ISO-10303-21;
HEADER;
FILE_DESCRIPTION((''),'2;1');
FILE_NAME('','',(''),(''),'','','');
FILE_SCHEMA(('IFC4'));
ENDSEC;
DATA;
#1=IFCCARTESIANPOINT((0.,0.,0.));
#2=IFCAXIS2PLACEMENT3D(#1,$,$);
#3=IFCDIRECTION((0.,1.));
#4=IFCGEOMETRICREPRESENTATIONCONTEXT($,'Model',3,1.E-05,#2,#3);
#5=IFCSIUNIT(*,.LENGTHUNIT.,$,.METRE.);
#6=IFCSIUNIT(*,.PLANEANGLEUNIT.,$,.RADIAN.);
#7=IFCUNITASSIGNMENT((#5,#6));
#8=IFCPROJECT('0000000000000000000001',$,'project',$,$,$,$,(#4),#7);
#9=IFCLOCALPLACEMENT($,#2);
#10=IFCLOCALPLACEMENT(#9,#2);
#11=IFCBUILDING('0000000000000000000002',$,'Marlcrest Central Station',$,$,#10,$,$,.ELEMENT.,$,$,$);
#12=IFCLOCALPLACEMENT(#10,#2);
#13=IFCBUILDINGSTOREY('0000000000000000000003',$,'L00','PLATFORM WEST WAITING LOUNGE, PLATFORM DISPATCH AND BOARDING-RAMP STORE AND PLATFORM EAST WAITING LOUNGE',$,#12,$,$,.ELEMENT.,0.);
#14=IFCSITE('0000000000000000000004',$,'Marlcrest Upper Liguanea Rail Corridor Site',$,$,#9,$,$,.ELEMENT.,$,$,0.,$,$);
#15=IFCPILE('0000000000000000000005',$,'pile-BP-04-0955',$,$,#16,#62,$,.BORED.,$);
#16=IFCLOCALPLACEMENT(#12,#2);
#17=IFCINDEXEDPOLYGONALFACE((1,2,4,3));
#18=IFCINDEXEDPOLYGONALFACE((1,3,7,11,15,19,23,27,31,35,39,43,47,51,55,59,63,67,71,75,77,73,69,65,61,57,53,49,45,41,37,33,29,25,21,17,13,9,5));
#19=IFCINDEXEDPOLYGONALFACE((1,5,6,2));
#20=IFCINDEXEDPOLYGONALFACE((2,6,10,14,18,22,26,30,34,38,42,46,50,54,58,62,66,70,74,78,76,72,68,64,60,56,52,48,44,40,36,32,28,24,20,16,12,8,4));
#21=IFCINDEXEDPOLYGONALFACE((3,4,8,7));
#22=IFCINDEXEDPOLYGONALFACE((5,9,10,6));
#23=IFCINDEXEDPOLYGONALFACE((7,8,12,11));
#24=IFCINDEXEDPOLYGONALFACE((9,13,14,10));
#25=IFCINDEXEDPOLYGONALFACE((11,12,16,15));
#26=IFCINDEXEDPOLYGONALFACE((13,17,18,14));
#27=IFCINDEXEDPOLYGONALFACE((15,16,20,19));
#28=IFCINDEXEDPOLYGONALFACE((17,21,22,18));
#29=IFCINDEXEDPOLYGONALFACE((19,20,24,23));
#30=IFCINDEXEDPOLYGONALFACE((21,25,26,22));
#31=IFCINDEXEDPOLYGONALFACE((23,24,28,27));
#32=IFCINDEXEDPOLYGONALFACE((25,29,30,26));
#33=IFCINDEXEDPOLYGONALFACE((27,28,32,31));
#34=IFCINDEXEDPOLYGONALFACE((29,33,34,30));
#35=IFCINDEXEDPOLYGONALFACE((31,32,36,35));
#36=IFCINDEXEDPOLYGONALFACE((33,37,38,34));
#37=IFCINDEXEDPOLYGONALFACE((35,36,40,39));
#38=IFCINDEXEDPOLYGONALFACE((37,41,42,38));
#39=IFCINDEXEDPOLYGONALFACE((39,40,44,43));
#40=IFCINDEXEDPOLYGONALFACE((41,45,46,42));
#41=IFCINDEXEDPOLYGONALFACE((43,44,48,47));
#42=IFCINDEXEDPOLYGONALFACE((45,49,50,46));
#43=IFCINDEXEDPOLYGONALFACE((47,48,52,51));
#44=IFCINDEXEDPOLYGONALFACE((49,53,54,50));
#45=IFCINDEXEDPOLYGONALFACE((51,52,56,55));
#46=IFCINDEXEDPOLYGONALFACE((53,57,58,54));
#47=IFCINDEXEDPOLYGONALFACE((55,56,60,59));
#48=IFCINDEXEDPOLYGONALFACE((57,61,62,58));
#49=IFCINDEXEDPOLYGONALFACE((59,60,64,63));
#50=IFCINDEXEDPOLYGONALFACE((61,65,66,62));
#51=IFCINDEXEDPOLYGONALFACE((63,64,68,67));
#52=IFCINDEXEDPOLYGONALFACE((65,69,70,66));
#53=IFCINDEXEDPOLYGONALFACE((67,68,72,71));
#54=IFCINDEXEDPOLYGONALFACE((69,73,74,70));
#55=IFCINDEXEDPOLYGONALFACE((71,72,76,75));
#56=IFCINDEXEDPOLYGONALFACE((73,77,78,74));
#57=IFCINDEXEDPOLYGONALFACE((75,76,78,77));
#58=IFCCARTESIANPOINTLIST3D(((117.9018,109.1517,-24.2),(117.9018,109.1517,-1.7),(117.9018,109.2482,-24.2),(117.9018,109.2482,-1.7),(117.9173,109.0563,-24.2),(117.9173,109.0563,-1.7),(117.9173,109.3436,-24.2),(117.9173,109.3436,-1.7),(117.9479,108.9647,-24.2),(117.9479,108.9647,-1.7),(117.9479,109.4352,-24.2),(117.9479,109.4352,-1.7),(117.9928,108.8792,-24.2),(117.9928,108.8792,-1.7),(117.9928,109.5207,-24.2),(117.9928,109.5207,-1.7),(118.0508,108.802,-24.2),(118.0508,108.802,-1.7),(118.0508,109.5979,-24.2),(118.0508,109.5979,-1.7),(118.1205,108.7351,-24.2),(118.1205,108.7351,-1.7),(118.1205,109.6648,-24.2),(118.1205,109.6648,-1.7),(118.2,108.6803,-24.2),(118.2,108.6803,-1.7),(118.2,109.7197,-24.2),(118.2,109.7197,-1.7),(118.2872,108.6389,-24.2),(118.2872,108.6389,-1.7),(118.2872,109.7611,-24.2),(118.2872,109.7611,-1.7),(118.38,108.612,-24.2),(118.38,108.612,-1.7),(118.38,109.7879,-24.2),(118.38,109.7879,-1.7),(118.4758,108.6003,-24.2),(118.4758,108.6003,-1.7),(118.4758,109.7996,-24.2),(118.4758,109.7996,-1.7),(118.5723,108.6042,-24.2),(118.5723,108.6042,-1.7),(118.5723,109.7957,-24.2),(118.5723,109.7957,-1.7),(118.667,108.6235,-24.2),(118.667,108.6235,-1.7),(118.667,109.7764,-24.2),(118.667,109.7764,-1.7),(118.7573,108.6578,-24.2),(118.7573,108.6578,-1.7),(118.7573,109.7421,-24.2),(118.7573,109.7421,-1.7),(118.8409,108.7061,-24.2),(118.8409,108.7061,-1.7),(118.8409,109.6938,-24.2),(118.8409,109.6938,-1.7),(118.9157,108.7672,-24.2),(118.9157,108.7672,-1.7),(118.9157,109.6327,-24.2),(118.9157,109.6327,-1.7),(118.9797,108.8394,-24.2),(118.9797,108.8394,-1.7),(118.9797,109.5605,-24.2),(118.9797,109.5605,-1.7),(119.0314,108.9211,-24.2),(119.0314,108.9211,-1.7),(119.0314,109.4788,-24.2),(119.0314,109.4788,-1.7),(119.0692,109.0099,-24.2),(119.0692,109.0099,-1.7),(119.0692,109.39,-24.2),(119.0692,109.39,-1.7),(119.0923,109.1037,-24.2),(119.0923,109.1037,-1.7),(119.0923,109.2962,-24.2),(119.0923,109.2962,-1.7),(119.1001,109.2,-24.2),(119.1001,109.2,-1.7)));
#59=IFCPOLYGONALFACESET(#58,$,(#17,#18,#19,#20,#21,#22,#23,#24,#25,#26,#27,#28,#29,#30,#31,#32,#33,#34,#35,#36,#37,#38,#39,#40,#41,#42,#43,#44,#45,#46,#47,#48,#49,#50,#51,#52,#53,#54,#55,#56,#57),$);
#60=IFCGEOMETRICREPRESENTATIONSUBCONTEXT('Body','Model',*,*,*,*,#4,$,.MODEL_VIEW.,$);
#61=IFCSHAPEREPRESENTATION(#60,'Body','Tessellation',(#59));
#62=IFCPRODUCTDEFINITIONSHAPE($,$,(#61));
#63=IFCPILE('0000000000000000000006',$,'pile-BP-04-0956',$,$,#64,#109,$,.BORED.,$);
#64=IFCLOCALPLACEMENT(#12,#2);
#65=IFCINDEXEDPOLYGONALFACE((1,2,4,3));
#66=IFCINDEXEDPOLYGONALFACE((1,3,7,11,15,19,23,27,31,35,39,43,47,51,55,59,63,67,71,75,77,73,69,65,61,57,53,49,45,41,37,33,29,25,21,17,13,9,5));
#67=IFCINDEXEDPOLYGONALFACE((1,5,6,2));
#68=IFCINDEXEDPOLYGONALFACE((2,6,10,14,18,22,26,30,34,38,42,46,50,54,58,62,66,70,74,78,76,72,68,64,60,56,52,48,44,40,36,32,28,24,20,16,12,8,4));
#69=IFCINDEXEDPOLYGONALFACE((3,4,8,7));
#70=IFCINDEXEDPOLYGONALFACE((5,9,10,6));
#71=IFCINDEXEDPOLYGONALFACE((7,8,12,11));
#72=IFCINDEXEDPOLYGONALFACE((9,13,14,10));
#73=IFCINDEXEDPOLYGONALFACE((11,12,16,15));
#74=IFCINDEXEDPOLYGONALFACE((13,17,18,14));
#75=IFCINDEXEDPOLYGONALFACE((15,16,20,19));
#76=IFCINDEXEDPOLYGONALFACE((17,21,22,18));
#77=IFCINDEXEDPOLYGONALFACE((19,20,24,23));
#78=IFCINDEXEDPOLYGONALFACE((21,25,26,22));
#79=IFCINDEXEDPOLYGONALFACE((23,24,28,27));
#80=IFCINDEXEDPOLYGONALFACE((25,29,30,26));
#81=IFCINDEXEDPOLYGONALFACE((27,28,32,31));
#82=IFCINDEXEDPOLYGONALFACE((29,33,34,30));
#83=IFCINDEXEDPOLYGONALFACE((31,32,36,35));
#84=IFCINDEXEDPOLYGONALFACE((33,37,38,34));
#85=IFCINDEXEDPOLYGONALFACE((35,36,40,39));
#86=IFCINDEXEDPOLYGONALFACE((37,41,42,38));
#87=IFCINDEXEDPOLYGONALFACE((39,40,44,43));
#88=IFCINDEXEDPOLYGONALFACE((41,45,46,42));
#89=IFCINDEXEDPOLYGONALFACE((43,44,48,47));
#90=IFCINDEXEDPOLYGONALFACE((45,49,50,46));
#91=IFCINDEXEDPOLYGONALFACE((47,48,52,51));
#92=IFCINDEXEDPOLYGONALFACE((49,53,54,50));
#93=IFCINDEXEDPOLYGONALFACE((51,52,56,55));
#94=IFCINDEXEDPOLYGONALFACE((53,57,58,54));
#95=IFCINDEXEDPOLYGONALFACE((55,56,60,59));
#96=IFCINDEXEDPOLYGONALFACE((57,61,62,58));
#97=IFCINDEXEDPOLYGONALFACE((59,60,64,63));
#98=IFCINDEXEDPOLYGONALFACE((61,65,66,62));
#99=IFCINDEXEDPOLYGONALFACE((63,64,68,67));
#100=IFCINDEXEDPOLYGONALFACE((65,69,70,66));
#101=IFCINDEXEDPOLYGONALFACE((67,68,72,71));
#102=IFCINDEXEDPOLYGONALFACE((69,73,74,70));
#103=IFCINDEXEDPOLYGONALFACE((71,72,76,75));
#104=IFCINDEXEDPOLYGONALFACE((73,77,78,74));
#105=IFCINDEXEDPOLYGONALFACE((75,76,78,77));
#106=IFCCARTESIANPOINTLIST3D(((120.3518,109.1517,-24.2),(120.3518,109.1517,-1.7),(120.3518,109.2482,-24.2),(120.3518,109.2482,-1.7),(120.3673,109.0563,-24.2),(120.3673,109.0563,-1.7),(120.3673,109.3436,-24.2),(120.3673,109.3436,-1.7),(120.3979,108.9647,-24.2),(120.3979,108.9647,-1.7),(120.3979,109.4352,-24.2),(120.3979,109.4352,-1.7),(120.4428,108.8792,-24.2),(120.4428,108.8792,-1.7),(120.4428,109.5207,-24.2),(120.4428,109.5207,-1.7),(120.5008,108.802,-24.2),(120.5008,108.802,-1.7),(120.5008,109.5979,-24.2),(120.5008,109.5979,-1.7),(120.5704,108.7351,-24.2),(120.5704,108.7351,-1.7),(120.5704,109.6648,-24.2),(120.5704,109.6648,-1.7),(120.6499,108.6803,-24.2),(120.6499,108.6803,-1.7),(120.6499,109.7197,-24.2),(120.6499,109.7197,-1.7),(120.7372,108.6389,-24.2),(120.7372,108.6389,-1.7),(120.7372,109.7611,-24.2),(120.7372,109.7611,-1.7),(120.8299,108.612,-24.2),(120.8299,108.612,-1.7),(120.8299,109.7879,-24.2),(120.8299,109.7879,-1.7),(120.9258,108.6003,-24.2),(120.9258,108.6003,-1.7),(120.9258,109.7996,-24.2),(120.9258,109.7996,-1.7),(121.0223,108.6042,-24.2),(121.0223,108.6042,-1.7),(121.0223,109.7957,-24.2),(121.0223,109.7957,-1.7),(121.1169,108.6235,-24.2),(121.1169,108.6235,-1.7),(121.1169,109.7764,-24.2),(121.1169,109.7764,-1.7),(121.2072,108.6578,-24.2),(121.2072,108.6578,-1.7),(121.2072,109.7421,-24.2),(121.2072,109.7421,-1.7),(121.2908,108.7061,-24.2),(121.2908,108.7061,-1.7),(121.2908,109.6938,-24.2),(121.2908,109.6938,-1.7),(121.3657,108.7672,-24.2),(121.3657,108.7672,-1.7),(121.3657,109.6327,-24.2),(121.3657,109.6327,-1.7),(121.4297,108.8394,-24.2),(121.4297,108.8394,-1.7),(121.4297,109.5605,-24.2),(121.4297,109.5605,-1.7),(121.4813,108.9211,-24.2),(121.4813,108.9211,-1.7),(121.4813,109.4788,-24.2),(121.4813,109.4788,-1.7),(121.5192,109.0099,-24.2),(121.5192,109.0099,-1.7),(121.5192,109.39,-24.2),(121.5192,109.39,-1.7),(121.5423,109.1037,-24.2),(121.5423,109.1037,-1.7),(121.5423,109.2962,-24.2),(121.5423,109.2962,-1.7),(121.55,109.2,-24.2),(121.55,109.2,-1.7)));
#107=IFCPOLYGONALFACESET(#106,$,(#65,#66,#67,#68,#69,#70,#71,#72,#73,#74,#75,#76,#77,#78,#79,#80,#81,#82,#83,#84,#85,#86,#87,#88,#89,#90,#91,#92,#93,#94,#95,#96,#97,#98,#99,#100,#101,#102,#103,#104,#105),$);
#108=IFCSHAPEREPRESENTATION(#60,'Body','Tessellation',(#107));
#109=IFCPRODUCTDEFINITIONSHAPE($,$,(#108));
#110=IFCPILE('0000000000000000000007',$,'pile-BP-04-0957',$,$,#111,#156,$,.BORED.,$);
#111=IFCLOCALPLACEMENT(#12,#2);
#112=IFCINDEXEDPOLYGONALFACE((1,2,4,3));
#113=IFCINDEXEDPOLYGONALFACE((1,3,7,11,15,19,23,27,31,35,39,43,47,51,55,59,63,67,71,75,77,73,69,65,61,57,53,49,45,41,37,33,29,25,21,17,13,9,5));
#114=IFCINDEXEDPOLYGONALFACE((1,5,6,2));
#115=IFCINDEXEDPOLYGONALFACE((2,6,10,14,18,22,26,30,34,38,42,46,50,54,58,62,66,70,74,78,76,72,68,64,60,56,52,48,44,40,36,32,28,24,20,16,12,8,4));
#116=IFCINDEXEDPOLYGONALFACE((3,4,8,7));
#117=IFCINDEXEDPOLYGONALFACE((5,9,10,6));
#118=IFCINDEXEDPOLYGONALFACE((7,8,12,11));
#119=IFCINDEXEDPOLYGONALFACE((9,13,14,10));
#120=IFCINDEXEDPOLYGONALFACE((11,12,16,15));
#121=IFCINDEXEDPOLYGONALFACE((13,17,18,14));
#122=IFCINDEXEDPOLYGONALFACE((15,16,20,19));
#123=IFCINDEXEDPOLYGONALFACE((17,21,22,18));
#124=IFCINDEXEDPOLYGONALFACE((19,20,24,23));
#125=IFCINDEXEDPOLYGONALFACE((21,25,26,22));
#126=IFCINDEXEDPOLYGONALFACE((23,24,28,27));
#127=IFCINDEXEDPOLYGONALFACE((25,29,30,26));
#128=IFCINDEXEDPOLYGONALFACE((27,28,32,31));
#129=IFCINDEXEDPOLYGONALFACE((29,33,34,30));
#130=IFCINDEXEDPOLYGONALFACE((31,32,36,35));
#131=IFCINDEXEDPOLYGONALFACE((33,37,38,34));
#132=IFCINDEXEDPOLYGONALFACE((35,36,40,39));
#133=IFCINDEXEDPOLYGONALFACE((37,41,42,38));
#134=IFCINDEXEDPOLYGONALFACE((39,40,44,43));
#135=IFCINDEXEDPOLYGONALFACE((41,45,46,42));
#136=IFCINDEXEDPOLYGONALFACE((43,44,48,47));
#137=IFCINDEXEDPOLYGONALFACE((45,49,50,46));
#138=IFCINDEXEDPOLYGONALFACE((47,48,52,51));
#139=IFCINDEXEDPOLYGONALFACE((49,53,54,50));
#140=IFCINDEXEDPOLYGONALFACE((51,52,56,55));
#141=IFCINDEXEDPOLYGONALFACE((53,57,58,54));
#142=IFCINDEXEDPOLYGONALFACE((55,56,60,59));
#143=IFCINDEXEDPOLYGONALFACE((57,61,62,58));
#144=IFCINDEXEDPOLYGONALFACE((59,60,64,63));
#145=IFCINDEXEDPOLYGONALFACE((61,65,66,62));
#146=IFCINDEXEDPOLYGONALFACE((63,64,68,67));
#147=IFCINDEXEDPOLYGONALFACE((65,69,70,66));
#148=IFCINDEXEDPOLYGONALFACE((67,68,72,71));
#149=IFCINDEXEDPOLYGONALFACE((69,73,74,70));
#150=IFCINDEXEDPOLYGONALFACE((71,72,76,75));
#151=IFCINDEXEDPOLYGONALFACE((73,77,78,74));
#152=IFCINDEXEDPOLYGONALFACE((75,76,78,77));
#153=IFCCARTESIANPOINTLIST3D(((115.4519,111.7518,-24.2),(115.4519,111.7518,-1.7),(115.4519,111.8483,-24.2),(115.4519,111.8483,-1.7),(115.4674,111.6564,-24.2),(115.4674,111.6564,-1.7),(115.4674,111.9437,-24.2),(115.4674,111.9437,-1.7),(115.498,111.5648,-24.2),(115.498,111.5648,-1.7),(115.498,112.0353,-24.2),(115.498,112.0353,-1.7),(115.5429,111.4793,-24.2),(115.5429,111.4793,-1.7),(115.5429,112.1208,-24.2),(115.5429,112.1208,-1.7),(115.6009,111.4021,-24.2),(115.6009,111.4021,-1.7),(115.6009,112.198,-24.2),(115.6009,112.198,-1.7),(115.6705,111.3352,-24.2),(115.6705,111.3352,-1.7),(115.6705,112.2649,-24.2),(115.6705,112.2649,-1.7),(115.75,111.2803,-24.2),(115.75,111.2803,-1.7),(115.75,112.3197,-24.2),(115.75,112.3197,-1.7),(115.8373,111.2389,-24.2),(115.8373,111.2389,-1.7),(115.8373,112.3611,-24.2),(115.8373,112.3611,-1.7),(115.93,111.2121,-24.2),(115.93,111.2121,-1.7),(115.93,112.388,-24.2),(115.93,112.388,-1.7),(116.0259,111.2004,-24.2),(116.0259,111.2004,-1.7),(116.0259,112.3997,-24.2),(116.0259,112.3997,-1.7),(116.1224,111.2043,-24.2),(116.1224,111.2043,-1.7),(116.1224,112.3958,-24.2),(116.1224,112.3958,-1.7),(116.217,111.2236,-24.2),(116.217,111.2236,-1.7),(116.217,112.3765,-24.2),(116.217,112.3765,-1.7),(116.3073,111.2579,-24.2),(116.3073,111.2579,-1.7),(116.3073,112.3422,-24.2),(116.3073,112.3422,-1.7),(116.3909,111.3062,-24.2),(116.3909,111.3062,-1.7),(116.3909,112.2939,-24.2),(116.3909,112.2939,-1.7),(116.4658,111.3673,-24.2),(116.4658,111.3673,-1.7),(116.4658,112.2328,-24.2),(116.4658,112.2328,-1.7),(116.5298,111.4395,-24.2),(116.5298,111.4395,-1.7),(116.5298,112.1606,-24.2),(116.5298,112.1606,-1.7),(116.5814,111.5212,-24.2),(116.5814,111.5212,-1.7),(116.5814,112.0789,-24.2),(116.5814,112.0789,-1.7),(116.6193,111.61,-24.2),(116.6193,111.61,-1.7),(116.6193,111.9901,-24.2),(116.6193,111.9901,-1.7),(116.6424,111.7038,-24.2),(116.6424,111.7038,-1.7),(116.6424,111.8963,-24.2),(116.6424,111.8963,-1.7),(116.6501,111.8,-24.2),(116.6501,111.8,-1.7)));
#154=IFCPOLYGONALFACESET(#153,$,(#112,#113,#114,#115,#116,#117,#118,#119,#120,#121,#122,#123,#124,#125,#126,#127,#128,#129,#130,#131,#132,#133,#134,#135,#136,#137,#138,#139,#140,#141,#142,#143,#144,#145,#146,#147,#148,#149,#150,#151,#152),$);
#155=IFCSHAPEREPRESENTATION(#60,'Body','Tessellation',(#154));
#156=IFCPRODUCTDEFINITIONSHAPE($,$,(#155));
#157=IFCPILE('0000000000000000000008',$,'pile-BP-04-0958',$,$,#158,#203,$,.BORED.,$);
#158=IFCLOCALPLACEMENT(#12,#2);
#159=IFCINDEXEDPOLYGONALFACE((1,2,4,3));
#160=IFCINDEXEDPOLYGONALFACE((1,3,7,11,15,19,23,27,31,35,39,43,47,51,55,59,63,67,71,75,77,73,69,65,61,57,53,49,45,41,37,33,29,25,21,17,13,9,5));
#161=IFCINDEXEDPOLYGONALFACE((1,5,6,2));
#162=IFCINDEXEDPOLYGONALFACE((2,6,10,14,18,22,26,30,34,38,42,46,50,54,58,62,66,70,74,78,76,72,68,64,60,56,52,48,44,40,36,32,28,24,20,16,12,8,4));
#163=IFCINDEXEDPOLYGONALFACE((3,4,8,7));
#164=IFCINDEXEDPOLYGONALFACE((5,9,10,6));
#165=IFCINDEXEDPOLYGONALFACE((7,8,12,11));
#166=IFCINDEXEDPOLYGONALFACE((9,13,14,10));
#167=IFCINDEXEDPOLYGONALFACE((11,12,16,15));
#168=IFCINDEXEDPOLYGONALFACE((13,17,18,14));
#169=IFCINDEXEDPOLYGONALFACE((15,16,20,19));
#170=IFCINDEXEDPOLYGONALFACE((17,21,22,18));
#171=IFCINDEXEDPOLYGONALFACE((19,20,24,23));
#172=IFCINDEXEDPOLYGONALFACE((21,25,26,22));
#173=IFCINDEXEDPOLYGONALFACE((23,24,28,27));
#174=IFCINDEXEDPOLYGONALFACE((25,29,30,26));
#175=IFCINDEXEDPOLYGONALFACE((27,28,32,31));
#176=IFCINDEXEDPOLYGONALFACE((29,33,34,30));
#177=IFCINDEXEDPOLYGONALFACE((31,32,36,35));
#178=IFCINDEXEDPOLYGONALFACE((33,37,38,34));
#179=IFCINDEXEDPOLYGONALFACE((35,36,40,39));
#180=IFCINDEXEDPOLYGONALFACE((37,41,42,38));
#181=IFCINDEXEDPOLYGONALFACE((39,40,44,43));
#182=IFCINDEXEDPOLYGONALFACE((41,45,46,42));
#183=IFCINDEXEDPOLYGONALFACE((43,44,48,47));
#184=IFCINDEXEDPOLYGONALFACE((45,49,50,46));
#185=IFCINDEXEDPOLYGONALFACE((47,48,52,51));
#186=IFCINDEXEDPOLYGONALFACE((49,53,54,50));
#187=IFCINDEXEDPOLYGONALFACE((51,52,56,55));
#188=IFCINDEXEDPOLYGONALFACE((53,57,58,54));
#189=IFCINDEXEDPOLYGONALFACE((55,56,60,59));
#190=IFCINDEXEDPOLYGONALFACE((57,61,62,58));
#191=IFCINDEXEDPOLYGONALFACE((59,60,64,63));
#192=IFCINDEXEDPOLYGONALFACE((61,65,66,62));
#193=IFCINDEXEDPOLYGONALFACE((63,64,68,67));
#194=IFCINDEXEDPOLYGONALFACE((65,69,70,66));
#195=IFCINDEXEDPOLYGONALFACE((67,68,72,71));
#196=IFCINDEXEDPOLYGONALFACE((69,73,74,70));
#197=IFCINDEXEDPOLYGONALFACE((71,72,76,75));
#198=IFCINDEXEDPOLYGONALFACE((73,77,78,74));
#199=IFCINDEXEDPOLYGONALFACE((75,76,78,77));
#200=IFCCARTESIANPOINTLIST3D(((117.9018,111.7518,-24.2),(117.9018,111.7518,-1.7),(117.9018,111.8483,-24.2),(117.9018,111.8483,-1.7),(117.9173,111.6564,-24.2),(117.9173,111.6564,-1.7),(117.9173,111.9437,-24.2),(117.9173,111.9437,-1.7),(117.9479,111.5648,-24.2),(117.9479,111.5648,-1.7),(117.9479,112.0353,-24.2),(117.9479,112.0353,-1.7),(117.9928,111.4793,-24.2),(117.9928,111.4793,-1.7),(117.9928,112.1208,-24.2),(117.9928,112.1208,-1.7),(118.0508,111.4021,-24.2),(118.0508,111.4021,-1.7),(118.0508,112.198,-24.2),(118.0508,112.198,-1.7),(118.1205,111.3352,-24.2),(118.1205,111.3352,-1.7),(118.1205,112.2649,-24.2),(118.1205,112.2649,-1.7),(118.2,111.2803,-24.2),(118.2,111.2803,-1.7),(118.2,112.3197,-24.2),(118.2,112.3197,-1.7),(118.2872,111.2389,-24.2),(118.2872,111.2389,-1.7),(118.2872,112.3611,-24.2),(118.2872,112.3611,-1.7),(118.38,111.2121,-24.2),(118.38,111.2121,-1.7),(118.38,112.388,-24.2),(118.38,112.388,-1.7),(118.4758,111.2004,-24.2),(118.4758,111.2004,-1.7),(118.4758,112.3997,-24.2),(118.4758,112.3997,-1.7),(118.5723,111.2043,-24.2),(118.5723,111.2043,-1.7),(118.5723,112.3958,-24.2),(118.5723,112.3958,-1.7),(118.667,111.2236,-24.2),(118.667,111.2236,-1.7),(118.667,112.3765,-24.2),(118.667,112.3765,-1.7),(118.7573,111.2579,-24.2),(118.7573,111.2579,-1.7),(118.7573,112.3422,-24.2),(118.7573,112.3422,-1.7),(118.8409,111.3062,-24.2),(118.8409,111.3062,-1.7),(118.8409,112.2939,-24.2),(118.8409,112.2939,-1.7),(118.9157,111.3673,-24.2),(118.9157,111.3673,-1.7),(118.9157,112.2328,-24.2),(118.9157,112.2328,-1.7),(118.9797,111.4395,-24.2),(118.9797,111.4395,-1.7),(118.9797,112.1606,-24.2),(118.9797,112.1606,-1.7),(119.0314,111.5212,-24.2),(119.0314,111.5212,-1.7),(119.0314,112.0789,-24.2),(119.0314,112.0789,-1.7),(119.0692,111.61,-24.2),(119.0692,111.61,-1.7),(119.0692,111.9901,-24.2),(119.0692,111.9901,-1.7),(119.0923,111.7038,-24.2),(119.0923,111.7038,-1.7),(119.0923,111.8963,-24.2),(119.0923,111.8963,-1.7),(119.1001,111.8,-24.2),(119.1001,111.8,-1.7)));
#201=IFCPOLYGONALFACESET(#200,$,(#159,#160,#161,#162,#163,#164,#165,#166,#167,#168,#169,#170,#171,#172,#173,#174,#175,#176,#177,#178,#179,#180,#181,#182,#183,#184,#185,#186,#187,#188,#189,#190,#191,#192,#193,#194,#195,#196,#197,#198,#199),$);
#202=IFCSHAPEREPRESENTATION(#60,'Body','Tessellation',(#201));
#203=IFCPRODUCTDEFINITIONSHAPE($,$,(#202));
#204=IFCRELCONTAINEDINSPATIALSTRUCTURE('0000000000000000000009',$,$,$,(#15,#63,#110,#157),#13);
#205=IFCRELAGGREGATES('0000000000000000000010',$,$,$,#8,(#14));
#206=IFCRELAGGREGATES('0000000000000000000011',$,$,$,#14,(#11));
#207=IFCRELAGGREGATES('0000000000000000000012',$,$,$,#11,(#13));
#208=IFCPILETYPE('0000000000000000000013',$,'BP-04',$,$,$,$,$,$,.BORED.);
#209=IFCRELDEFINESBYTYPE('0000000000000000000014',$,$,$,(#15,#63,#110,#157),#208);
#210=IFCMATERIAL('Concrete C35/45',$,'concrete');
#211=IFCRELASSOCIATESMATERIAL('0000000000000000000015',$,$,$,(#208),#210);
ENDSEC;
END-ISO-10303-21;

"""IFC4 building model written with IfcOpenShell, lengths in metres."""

from ifc_helpers import new_model, si_unit, direction, frame, origin, origin_2d, place, context, subcontext, project, spatial, circle, extrude, material, material_profile, profile_set, type_object, element, save


model = new_model("IFC4")

# Units and contexts
model_context = context("Model", 3, precision=1e-05, world=origin(), true_north=direction((0.0, 1.0)))
body_context = subcontext(model_context, "Body", "Model", "MODEL_VIEW")
ifc_project = project(units=[si_unit("LENGTHUNIT", "METRE"), si_unit("PLANEANGLEUNIT", "RADIAN")], contexts=[model_context])

# Site, building, storey
site_placement = place(None, origin())
site = spatial("IfcSite", under=ifc_project, at=site_placement, Name="Marlcrest Upper Liguanea Rail Corridor Site", CompositionType="ELEMENT", RefElevation=0.0)
building_placement = place(site_placement, origin())
building = spatial("IfcBuilding", under=site, at=building_placement, Name="Marlcrest Central Station", CompositionType="ELEMENT")
storey_placement = place(building_placement, origin())
storey = spatial("IfcBuildingStorey", under=building, at=storey_placement, Name="L00", Description="PLATFORM WEST WAITING LOUNGE, PLATFORM DISPATCH AND BOARDING-RAMP STORE AND PLATFORM EAST WAITING LOUNGE", CompositionType="ELEMENT", Elevation=0.0)

# Piles
ifc_material_1 = material(Name="Concrete C35/45", Category="concrete")
ifc_material_profile_1 = material_profile(ifc_material_1, circle(Radius=0.6001, at=origin_2d()), Name="PILE D1200")
ifc_profile_set_1 = profile_set([ifc_material_profile_1], Name="Concrete C35/45")
pile_type_1 = type_object("IfcPileType", Name="BP-04", PredefinedType="BORED", material=ifc_profile_set_1)
for number, where, z_axis, x_axis, name in (
    (1, (118.5, 109.2, -1.7), (0.0, 0.0, -1.0), (1.0, 0.0, 0.0), "pile-BP-04-0955"),
    (2, (120.95, 109.2, -1.7), (0.0, 0.0, -1.0), (1.0, 0.0, 0.0), "pile-BP-04-0956"),
    (3, (116.05, 111.8, -1.7), (0.0, 0.0, -1.0), (1.0, 0.0, 0.0), "pile-BP-04-0957"),
    (4, (118.5, 111.8, -1.7), (0.0, 0.0, -1.0), (1.0, 0.0, 0.0), "pile-BP-04-0958"),
):
    element("IfcPile", number, at=place(storey_placement, frame(where, z_axis=z_axis, x_axis=x_axis)), inside=storey, type_object=pile_type_1, Name=name, PredefinedType="BORED", context=body_context, shape_type="SweptSolid", body=[
        extrude(circle(Radius=0.6001, at=origin_2d()), origin(), (0.0, 0.0, 1.0), 22.5),
    ])

save(model, "model.ifc")
